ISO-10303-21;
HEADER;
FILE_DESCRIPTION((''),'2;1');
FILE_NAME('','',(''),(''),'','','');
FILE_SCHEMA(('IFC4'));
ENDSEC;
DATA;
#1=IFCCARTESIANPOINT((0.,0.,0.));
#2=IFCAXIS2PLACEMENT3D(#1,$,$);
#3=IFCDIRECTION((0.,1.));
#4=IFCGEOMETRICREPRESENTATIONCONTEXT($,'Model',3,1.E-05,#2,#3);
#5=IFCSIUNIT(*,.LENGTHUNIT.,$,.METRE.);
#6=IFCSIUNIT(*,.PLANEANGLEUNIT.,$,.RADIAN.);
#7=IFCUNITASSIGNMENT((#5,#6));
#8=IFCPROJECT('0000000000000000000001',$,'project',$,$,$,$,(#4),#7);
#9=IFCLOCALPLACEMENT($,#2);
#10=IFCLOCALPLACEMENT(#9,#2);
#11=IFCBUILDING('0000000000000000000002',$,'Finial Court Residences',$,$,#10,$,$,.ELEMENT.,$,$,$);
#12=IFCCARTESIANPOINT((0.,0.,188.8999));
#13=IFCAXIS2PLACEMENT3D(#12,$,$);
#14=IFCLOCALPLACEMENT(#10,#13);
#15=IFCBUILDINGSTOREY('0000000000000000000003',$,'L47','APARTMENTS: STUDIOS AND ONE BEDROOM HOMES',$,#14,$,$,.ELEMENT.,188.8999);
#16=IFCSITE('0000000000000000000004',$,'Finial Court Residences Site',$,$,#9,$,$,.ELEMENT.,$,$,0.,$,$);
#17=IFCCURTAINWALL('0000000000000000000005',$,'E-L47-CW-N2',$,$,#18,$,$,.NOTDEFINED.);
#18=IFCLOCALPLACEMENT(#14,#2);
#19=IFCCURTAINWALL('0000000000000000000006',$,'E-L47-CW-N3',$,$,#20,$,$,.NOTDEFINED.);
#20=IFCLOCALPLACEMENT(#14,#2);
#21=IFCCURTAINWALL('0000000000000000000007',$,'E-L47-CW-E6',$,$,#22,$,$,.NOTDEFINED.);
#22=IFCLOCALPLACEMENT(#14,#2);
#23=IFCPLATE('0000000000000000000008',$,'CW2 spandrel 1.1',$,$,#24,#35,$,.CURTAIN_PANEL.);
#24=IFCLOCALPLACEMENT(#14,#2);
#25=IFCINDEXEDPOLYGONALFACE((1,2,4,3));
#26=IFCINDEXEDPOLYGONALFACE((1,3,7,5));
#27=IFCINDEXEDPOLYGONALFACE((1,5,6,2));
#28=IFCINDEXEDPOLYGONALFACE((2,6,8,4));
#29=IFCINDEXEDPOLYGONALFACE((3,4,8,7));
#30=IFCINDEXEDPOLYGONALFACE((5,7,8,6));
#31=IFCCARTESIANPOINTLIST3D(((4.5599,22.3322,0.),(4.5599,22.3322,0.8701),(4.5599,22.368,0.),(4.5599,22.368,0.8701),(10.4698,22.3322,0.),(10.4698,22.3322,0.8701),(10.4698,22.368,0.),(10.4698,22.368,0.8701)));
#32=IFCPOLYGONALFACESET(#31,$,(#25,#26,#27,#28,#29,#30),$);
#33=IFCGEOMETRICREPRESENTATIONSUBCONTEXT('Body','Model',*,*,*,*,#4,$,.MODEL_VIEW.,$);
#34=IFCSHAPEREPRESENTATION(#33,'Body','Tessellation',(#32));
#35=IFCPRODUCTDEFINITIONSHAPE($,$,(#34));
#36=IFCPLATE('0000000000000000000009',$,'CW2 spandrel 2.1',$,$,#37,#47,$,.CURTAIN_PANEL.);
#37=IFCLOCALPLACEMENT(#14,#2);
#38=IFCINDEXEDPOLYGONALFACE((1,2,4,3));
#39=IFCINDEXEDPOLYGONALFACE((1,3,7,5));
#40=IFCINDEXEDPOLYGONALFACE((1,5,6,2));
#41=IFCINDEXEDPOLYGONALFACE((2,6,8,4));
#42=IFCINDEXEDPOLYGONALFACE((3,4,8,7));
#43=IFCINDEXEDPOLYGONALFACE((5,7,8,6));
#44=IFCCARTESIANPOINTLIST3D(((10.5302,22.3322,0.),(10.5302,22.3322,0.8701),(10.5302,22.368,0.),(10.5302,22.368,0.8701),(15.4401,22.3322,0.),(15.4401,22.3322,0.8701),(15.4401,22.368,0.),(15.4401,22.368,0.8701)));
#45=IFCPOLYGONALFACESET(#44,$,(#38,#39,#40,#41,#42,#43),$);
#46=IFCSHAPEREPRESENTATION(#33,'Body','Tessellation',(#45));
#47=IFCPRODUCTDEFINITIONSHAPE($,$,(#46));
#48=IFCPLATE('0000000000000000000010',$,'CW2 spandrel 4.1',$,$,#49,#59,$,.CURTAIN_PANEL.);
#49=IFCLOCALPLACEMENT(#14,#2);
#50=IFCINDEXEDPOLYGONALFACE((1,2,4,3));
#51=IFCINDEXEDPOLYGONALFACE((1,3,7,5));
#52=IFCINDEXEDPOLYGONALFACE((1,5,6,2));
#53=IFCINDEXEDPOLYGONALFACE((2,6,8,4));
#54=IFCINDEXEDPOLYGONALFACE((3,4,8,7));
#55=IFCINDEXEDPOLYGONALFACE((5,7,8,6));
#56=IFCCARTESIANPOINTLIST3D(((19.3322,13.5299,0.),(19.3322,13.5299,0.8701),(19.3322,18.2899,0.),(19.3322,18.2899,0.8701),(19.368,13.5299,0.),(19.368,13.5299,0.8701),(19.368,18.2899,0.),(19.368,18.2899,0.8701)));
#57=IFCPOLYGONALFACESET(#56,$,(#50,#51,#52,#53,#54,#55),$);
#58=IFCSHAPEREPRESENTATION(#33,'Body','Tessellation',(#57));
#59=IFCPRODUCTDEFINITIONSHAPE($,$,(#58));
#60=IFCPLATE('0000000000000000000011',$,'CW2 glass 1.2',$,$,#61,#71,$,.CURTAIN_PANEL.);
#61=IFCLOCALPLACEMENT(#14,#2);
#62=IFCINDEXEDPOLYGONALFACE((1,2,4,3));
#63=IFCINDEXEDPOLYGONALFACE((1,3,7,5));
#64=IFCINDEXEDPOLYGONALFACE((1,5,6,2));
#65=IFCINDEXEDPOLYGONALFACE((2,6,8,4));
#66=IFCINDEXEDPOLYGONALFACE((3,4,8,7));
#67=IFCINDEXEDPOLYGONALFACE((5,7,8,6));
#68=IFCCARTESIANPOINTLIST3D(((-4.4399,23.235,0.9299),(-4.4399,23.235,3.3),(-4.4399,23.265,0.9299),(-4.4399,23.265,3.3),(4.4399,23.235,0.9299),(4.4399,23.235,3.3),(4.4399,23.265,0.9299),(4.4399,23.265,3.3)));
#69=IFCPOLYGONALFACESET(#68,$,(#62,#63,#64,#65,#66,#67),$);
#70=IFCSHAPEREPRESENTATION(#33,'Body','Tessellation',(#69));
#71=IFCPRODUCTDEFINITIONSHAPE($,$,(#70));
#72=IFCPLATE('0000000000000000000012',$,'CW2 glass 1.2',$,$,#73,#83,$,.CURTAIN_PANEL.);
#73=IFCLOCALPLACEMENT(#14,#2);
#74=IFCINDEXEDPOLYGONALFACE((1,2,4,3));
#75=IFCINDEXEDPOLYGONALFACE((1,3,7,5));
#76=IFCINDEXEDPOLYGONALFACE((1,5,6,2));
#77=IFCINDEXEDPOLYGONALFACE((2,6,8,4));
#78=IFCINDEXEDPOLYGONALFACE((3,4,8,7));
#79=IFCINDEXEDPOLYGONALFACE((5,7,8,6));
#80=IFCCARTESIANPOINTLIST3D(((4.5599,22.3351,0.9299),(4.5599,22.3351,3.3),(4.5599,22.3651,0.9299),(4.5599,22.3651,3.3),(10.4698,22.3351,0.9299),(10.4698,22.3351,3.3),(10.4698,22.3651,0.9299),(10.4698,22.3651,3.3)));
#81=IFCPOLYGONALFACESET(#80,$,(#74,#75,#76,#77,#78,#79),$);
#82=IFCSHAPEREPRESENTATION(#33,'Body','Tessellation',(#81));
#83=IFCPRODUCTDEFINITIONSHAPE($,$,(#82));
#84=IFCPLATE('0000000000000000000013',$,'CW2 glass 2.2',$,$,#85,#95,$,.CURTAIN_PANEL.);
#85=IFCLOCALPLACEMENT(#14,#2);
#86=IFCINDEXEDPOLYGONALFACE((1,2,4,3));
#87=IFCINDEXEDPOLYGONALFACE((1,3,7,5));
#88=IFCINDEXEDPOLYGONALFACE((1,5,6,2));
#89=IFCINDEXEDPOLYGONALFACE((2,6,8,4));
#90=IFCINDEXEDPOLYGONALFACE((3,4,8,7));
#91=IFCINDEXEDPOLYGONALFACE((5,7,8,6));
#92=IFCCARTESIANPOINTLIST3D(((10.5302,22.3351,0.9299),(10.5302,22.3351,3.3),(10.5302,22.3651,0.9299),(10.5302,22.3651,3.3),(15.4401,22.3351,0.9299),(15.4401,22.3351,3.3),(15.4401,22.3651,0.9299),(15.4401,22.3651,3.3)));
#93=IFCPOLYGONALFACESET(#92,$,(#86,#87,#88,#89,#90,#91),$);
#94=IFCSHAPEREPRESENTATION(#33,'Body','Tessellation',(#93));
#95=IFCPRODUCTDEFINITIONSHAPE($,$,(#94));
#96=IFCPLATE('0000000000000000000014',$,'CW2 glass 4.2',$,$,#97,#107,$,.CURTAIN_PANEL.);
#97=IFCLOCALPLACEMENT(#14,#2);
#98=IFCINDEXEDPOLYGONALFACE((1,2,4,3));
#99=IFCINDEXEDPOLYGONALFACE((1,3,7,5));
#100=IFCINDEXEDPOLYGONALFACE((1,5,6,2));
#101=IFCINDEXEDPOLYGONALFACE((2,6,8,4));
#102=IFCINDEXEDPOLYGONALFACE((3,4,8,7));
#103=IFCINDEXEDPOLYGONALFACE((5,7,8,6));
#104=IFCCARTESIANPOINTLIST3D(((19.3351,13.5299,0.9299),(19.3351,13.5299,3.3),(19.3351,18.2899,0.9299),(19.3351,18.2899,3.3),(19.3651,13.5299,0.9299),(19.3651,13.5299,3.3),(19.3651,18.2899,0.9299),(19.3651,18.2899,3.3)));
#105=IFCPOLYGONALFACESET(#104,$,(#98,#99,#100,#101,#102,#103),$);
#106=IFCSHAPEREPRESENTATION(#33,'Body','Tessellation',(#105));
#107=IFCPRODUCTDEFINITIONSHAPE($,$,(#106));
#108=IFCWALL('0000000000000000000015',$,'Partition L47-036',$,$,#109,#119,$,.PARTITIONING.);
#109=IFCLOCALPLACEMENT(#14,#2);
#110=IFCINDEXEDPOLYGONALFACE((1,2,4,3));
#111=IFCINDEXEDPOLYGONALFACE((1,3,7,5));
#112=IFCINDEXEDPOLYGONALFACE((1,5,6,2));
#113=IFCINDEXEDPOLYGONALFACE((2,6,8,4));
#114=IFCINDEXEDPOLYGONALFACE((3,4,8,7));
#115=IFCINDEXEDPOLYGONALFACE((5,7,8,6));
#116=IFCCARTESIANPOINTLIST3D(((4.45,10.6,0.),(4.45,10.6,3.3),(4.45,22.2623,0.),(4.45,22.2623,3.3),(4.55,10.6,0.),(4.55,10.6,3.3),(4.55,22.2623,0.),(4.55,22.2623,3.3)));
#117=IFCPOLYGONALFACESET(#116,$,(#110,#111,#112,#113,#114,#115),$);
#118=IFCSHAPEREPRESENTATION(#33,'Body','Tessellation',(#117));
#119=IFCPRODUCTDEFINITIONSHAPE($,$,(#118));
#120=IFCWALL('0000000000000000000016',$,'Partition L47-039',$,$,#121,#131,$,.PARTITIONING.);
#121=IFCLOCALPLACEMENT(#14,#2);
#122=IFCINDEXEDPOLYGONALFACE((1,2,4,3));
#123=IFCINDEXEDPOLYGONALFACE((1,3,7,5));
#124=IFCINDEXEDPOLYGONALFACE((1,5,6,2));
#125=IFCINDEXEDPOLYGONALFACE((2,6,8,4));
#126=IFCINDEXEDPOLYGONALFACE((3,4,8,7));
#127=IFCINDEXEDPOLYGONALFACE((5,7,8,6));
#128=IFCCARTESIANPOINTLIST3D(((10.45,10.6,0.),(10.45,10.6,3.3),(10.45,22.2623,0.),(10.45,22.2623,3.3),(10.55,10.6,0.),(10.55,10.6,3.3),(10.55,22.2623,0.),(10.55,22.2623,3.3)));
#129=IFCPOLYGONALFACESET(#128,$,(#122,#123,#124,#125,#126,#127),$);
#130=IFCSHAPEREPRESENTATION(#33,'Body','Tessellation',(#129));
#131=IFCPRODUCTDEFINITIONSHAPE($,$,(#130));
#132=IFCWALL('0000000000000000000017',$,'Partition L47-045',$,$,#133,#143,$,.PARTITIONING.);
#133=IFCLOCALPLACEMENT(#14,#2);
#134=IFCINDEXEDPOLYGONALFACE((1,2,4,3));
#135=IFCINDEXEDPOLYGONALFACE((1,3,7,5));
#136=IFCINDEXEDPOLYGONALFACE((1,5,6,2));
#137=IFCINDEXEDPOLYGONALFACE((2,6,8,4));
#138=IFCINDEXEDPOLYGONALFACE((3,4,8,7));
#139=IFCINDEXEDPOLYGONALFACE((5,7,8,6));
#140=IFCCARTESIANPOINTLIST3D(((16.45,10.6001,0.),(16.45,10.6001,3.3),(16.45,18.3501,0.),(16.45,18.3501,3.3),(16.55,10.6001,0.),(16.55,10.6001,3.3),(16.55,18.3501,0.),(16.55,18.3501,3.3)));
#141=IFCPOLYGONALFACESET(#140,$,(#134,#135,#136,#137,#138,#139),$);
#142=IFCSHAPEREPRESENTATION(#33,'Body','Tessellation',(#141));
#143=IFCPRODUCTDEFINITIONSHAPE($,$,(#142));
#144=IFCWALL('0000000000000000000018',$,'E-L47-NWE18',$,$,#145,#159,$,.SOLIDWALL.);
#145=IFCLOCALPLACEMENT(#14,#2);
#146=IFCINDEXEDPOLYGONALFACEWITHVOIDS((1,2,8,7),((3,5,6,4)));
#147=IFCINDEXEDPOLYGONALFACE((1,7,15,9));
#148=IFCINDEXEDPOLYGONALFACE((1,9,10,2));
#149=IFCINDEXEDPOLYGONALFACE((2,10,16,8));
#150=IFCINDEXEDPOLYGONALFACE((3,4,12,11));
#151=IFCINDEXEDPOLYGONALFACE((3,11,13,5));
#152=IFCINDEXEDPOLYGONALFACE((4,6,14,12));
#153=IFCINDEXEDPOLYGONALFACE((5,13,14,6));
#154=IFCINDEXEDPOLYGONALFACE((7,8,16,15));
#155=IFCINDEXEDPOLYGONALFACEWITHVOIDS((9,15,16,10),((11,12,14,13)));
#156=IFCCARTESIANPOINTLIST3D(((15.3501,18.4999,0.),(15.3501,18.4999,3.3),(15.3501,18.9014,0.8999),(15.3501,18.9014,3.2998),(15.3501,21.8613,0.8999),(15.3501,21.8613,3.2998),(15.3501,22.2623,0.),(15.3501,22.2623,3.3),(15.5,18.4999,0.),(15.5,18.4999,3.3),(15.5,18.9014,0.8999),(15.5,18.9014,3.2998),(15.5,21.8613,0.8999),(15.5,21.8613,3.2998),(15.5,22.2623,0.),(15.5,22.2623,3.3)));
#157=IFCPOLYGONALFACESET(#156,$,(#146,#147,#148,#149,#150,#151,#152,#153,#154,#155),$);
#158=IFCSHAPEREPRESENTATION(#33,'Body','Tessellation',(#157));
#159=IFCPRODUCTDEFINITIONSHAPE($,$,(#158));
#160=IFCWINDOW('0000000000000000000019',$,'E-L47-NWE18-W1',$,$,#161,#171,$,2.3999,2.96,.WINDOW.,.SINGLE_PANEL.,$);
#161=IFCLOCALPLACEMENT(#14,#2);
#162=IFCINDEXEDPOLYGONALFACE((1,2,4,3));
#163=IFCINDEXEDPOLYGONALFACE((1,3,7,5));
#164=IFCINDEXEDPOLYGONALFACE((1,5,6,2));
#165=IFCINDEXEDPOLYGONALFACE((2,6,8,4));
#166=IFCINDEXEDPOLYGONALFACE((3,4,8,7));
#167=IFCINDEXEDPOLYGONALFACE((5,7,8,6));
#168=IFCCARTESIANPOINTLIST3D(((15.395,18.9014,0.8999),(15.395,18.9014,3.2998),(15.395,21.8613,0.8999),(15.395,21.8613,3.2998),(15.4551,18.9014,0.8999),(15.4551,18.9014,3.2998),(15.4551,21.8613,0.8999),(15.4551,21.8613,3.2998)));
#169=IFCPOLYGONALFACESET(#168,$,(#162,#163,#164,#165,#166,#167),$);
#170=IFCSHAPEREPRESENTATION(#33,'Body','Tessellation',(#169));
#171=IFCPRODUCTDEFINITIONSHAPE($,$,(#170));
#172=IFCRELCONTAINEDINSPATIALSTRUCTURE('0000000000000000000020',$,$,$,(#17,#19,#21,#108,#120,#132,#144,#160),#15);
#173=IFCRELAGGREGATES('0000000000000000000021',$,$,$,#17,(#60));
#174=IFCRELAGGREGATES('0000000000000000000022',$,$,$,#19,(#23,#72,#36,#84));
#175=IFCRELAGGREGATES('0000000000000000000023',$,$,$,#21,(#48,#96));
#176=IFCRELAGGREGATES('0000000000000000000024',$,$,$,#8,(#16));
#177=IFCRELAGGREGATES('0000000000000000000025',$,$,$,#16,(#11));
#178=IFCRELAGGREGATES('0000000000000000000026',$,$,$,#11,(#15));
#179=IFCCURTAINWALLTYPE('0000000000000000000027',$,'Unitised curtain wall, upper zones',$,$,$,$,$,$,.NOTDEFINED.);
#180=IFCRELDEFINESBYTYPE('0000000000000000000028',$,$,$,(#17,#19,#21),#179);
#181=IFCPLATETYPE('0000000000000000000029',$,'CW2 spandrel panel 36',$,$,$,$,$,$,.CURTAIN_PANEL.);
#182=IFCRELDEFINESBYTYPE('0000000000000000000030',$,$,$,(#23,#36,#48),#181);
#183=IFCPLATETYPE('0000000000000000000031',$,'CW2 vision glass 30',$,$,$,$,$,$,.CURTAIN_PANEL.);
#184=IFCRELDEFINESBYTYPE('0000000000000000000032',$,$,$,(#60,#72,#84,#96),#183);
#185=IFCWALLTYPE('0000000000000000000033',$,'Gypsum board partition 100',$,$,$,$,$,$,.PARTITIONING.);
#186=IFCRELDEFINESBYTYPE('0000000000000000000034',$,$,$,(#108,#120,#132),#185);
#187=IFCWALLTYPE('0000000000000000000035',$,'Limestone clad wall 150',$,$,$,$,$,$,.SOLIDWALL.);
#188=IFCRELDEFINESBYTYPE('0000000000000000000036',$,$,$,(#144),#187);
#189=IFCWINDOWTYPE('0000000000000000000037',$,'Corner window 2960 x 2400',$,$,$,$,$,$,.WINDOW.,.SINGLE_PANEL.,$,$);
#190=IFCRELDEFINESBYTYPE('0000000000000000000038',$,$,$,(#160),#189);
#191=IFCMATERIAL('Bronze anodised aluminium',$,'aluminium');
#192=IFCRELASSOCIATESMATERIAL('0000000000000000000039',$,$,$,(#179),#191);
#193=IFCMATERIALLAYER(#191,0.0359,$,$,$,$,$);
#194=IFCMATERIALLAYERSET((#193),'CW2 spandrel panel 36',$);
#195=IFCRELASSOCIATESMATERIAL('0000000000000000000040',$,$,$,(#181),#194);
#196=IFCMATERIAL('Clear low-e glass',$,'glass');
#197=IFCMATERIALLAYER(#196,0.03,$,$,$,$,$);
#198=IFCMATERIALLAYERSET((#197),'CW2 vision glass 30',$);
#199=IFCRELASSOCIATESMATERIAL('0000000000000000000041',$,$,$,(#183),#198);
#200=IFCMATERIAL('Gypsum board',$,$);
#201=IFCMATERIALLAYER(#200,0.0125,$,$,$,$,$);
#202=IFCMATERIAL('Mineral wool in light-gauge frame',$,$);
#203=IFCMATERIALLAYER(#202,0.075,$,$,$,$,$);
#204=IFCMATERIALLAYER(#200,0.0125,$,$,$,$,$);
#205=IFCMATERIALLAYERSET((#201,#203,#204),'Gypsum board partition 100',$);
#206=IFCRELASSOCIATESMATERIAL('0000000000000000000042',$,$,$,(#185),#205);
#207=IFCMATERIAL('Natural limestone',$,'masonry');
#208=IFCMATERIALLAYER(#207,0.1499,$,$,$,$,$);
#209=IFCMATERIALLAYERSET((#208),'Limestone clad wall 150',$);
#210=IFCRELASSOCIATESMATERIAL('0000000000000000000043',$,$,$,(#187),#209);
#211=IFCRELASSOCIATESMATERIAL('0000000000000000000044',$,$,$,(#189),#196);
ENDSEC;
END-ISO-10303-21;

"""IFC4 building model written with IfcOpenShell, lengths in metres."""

from ifc_helpers import new_model, si_unit, direction, frame, frame_2d, origin, origin_2d, place, context, subcontext, project, spatial, rectangle, extrude, material, layer, layer_set, type_object, element, fill, aggregate, save


model = new_model("IFC4")

# Units and contexts
model_context = context("Model", 3, precision=1e-05, world=origin(), true_north=direction((0.0, 1.0)))
body_context = subcontext(model_context, "Body", "Model", "MODEL_VIEW")
ifc_project = project(units=[si_unit("LENGTHUNIT", "METRE"), si_unit("PLANEANGLEUNIT", "RADIAN")], contexts=[model_context])

# Site, building, storey
site_placement = place(None, origin())
site = spatial("IfcSite", under=ifc_project, at=site_placement, Name="Finial Court Residences Site", CompositionType="ELEMENT", RefElevation=0.0)
building_placement = place(site_placement, origin())
building = spatial("IfcBuilding", under=site, at=building_placement, Name="Finial Court Residences", CompositionType="ELEMENT")
storey_placement = place(building_placement, frame((0.0, 0.0, 188.8999)))
storey = spatial("IfcBuildingStorey", under=building, at=storey_placement, Name="L47", Description="APARTMENTS: STUDIOS AND ONE BEDROOM HOMES", CompositionType="ELEMENT", Elevation=188.8999)

# Curtain wall
ifc_material_1 = material(Name="Bronze anodised aluminium", Category="aluminium")
curtain_wall_type = type_object("IfcCurtainWallType", Name="Unitised curtain wall, upper zones", PredefinedType="NOTDEFINED", material=ifc_material_1)
curtain_wall_1_placement = place(storey_placement, origin())
curtain_wall_1 = element("IfcCurtainWall", 1, at=curtain_wall_1_placement, inside=storey, type_object=curtain_wall_type, Name="E-L47-CW-N2", PredefinedType="NOTDEFINED")

# Curtain walls
curtain_wall_2_placement = place(storey_placement, origin())
curtain_wall_2 = element("IfcCurtainWall", 2, at=curtain_wall_2_placement, inside=storey, type_object=curtain_wall_type, Name="E-L47-CW-N3", PredefinedType="NOTDEFINED")
curtain_wall_3_placement = place(storey_placement, origin())
curtain_wall_3 = element("IfcCurtainWall", 3, at=curtain_wall_3_placement, inside=storey, type_object=curtain_wall_type, Name="E-L47-CW-E6", PredefinedType="NOTDEFINED")

# Plates
ifc_layer_1 = layer(ifc_material_1, 0.0359)
ifc_layer_set_1 = layer_set([ifc_layer_1], Name="CW2 spandrel panel 36")
plate_type_1 = type_object("IfcPlateType", Name="CW2 spandrel panel 36", PredefinedType="CURTAIN_PANEL", material=ifc_layer_set_1)
plate_1_placement = place(storey_placement, frame((7.5149, 22.3501, 0.0), z_axis=(0.0, 0.0, 1.0), x_axis=(1.0, 0.0, 0.0)))
plate_1 = element("IfcPlate", 4, at=plate_1_placement, type_object=plate_type_1, Name="CW2 spandrel 1.1", PredefinedType="CURTAIN_PANEL", context=body_context, shape_type="SweptSolid", body=[
    extrude(rectangle(XDim=5.9099, YDim=0.0359, at=origin_2d()), origin(), (0.0, 0.0, 1.0), 0.8701),
])
plate_2_placement = place(storey_placement, frame((12.9851, 22.3501, 0.0), z_axis=(0.0, 0.0, 1.0), x_axis=(1.0, 0.0, 0.0)))
plate_2 = element("IfcPlate", 5, at=plate_2_placement, type_object=plate_type_1, Name="CW2 spandrel 2.1", PredefinedType="CURTAIN_PANEL", context=body_context, shape_type="SweptSolid", body=[
    extrude(rectangle(XDim=4.9099, YDim=0.0359, at=origin_2d()), origin(), (0.0, 0.0, 1.0), 0.8701),
])
plate_3_placement = place(storey_placement, frame((19.3501, 15.9099, 0.0), z_axis=(0.0, 0.0, 1.0), x_axis=(0.0, 1.0, 0.0)))
plate_3 = element("IfcPlate", 6, at=plate_3_placement, type_object=plate_type_1, Name="CW2 spandrel 4.1", PredefinedType="CURTAIN_PANEL", context=body_context, shape_type="SweptSolid", body=[
    extrude(rectangle(XDim=4.76, YDim=0.0359, at=origin_2d()), origin(), (0.0, 0.0, 1.0), 0.8701),
])
ifc_material_2 = material(Name="Clear low-e glass", Category="glass")
ifc_layer_2 = layer(ifc_material_2, 0.03)
ifc_layer_set_2 = layer_set([ifc_layer_2], Name="CW2 vision glass 30")
plate_type_2 = type_object("IfcPlateType", Name="CW2 vision glass 30", PredefinedType="CURTAIN_PANEL", material=ifc_layer_set_2)
plate_4_placement = place(storey_placement, frame((0.0, 23.25, 0.9299), z_axis=(0.0, 0.0, 1.0), x_axis=(1.0, 0.0, 0.0)))
plate_4 = element("IfcPlate", 7, at=plate_4_placement, type_object=plate_type_2, Name="CW2 glass 1.2", PredefinedType="CURTAIN_PANEL", context=body_context, shape_type="SweptSolid", body=[
    extrude(rectangle(XDim=8.8799, YDim=0.03, at=origin_2d()), origin(), (0.0, 0.0, 1.0), 2.3701),
])
aggregate(curtain_wall_1, [plate_4])
plate_5_placement = place(storey_placement, frame((7.5149, 22.3501, 0.9299), z_axis=(0.0, 0.0, 1.0), x_axis=(1.0, 0.0, 0.0)))
plate_5 = element("IfcPlate", 8, at=plate_5_placement, type_object=plate_type_2, Name="CW2 glass 1.2", PredefinedType="CURTAIN_PANEL", context=body_context, shape_type="SweptSolid", body=[
    extrude(rectangle(XDim=5.9099, YDim=0.03, at=origin_2d()), origin(), (0.0, 0.0, 1.0), 2.3701),
])
plate_6_placement = place(storey_placement, frame((12.9851, 22.3501, 0.9299), z_axis=(0.0, 0.0, 1.0), x_axis=(1.0, 0.0, 0.0)))
plate_6 = element("IfcPlate", 9, at=plate_6_placement, type_object=plate_type_2, Name="CW2 glass 2.2", PredefinedType="CURTAIN_PANEL", context=body_context, shape_type="SweptSolid", body=[
    extrude(rectangle(XDim=4.9099, YDim=0.03, at=origin_2d()), origin(), (0.0, 0.0, 1.0), 2.3701),
])
aggregate(curtain_wall_2, [plate_1, plate_5, plate_2, plate_6])
plate_7_placement = place(storey_placement, frame((19.3501, 15.9099, 0.9299), z_axis=(0.0, 0.0, 1.0), x_axis=(0.0, 1.0, 0.0)))
plate_7 = element("IfcPlate", 10, at=plate_7_placement, type_object=plate_type_2, Name="CW2 glass 4.2", PredefinedType="CURTAIN_PANEL", context=body_context, shape_type="SweptSolid", body=[
    extrude(rectangle(XDim=4.76, YDim=0.03, at=origin_2d()), origin(), (0.0, 0.0, 1.0), 2.3701),
])
aggregate(curtain_wall_3, [plate_3, plate_7])

# Walls
ifc_material_3 = material(Name="Gypsum board")
ifc_layer_3 = layer(ifc_material_3, 0.0125)
ifc_material_4 = material(Name="Mineral wool in light-gauge frame")
ifc_layer_4 = layer(ifc_material_4, 0.075)
ifc_layer_5 = layer(ifc_material_3, 0.0125)
ifc_layer_set_3 = layer_set([ifc_layer_3, ifc_layer_4, ifc_layer_5], Name="Gypsum board partition 100")
wall_type_1 = type_object("IfcWallType", Name="Gypsum board partition 100", PredefinedType="PARTITIONING", material=ifc_layer_set_3)
for number, where, z_axis, x_axis, name in (
    (11, (4.5, 10.6001, 0.0), (0.0, 0.0, 1.0), (0.0, 1.0, 0.0), "Partition L47-036"),
    (12, (10.5, 10.6001, 0.0), (0.0, 0.0, 1.0), (0.0, 1.0, 0.0), "Partition L47-039"),
):
    element("IfcWall", number, at=place(storey_placement, frame(where, z_axis=z_axis, x_axis=x_axis)), inside=storey, type_object=wall_type_1, Name=name, PredefinedType="PARTITIONING", context=body_context, shape_type="SweptSolid", body=[
        extrude(rectangle(XDim=11.6624, YDim=0.1001, at=frame_2d((5.8311, 0.0))), origin(), (0.0, 0.0, 1.0), 3.3),
    ])
wall_1_placement = place(storey_placement, frame((16.5, 10.6001, 0.0), z_axis=(0.0, 0.0, 1.0), x_axis=(0.0, 1.0, 0.0)))
element("IfcWall", 13, at=wall_1_placement, inside=storey, type_object=wall_type_1, Name="Partition L47-045", PredefinedType="PARTITIONING", context=body_context, shape_type="SweptSolid", body=[
    extrude(rectangle(XDim=7.75, YDim=0.1001, at=frame_2d((3.875, 0.0))), origin(), (0.0, 0.0, 1.0), 3.3),
])

# Wall, opening, window
ifc_material_5 = material(Name="Natural limestone", Category="masonry")
ifc_layer_6 = layer(ifc_material_5, 0.1499)
ifc_layer_set_4 = layer_set([ifc_layer_6], Name="Limestone clad wall 150")
wall_type_2 = type_object("IfcWallType", Name="Limestone clad wall 150", PredefinedType="SOLIDWALL", material=ifc_layer_set_4)
wall_2_placement = place(storey_placement, frame((15.425, 22.2625, 0.0), z_axis=(0.0, 0.0, 1.0), x_axis=(0.0, -1.0, 0.0)))
wall_2 = element("IfcWall", 14, at=wall_2_placement, inside=storey, type_object=wall_type_2, Name="E-L47-NWE18", PredefinedType="SOLIDWALL", context=body_context, shape_type="SweptSolid", body=[
    extrude(rectangle(XDim=3.7625, YDim=0.1499, at=frame_2d((1.8813, 0.0))), origin(), (0.0, 0.0, 1.0), 3.3),
])
opening_1_placement = place(wall_2_placement, frame((0.4011, 0.0, 0.8999)))
opening_1 = element("IfcOpeningElement", 15, at=opening_1_placement, cuts=wall_2, PredefinedType="OPENING", context=body_context, shape_type="SweptSolid", body=[
    extrude(rectangle(XDim=2.96, YDim=2.3999, at=frame_2d((1.48, 1.2))), frame((0.0, 0.085, 0.0), z_axis=(0.0, -1.0, 0.0), x_axis=(1.0, 0.0, 0.0)), (0.0, 0.0, 1.0), 0.1699),
])
window_type_1 = type_object("IfcWindowType", Name="Corner window 2960 x 2400", PartitioningType="SINGLE_PANEL", PredefinedType="WINDOW", material=ifc_material_2)
window_1_placement = place(opening_1_placement, origin())
window_1 = element("IfcWindow", 16, at=window_1_placement, inside=storey, type_object=window_type_1, Name="E-L47-NWE18-W1", OverallHeight=2.3999, OverallWidth=2.96, PartitioningType="SINGLE_PANEL", PredefinedType="WINDOW", context=body_context, shape_type="SweptSolid", body=[
    extrude(rectangle(XDim=2.96, YDim=2.3999, at=frame_2d((1.48, 1.2))), frame((0.0, 0.03, 0.0), z_axis=(0.0, -1.0, 0.0), x_axis=(1.0, 0.0, 0.0)), (0.0, 0.0, 1.0), 0.0601),
])
fill(opening_1, window_1)

save(model, "model.ifc")
